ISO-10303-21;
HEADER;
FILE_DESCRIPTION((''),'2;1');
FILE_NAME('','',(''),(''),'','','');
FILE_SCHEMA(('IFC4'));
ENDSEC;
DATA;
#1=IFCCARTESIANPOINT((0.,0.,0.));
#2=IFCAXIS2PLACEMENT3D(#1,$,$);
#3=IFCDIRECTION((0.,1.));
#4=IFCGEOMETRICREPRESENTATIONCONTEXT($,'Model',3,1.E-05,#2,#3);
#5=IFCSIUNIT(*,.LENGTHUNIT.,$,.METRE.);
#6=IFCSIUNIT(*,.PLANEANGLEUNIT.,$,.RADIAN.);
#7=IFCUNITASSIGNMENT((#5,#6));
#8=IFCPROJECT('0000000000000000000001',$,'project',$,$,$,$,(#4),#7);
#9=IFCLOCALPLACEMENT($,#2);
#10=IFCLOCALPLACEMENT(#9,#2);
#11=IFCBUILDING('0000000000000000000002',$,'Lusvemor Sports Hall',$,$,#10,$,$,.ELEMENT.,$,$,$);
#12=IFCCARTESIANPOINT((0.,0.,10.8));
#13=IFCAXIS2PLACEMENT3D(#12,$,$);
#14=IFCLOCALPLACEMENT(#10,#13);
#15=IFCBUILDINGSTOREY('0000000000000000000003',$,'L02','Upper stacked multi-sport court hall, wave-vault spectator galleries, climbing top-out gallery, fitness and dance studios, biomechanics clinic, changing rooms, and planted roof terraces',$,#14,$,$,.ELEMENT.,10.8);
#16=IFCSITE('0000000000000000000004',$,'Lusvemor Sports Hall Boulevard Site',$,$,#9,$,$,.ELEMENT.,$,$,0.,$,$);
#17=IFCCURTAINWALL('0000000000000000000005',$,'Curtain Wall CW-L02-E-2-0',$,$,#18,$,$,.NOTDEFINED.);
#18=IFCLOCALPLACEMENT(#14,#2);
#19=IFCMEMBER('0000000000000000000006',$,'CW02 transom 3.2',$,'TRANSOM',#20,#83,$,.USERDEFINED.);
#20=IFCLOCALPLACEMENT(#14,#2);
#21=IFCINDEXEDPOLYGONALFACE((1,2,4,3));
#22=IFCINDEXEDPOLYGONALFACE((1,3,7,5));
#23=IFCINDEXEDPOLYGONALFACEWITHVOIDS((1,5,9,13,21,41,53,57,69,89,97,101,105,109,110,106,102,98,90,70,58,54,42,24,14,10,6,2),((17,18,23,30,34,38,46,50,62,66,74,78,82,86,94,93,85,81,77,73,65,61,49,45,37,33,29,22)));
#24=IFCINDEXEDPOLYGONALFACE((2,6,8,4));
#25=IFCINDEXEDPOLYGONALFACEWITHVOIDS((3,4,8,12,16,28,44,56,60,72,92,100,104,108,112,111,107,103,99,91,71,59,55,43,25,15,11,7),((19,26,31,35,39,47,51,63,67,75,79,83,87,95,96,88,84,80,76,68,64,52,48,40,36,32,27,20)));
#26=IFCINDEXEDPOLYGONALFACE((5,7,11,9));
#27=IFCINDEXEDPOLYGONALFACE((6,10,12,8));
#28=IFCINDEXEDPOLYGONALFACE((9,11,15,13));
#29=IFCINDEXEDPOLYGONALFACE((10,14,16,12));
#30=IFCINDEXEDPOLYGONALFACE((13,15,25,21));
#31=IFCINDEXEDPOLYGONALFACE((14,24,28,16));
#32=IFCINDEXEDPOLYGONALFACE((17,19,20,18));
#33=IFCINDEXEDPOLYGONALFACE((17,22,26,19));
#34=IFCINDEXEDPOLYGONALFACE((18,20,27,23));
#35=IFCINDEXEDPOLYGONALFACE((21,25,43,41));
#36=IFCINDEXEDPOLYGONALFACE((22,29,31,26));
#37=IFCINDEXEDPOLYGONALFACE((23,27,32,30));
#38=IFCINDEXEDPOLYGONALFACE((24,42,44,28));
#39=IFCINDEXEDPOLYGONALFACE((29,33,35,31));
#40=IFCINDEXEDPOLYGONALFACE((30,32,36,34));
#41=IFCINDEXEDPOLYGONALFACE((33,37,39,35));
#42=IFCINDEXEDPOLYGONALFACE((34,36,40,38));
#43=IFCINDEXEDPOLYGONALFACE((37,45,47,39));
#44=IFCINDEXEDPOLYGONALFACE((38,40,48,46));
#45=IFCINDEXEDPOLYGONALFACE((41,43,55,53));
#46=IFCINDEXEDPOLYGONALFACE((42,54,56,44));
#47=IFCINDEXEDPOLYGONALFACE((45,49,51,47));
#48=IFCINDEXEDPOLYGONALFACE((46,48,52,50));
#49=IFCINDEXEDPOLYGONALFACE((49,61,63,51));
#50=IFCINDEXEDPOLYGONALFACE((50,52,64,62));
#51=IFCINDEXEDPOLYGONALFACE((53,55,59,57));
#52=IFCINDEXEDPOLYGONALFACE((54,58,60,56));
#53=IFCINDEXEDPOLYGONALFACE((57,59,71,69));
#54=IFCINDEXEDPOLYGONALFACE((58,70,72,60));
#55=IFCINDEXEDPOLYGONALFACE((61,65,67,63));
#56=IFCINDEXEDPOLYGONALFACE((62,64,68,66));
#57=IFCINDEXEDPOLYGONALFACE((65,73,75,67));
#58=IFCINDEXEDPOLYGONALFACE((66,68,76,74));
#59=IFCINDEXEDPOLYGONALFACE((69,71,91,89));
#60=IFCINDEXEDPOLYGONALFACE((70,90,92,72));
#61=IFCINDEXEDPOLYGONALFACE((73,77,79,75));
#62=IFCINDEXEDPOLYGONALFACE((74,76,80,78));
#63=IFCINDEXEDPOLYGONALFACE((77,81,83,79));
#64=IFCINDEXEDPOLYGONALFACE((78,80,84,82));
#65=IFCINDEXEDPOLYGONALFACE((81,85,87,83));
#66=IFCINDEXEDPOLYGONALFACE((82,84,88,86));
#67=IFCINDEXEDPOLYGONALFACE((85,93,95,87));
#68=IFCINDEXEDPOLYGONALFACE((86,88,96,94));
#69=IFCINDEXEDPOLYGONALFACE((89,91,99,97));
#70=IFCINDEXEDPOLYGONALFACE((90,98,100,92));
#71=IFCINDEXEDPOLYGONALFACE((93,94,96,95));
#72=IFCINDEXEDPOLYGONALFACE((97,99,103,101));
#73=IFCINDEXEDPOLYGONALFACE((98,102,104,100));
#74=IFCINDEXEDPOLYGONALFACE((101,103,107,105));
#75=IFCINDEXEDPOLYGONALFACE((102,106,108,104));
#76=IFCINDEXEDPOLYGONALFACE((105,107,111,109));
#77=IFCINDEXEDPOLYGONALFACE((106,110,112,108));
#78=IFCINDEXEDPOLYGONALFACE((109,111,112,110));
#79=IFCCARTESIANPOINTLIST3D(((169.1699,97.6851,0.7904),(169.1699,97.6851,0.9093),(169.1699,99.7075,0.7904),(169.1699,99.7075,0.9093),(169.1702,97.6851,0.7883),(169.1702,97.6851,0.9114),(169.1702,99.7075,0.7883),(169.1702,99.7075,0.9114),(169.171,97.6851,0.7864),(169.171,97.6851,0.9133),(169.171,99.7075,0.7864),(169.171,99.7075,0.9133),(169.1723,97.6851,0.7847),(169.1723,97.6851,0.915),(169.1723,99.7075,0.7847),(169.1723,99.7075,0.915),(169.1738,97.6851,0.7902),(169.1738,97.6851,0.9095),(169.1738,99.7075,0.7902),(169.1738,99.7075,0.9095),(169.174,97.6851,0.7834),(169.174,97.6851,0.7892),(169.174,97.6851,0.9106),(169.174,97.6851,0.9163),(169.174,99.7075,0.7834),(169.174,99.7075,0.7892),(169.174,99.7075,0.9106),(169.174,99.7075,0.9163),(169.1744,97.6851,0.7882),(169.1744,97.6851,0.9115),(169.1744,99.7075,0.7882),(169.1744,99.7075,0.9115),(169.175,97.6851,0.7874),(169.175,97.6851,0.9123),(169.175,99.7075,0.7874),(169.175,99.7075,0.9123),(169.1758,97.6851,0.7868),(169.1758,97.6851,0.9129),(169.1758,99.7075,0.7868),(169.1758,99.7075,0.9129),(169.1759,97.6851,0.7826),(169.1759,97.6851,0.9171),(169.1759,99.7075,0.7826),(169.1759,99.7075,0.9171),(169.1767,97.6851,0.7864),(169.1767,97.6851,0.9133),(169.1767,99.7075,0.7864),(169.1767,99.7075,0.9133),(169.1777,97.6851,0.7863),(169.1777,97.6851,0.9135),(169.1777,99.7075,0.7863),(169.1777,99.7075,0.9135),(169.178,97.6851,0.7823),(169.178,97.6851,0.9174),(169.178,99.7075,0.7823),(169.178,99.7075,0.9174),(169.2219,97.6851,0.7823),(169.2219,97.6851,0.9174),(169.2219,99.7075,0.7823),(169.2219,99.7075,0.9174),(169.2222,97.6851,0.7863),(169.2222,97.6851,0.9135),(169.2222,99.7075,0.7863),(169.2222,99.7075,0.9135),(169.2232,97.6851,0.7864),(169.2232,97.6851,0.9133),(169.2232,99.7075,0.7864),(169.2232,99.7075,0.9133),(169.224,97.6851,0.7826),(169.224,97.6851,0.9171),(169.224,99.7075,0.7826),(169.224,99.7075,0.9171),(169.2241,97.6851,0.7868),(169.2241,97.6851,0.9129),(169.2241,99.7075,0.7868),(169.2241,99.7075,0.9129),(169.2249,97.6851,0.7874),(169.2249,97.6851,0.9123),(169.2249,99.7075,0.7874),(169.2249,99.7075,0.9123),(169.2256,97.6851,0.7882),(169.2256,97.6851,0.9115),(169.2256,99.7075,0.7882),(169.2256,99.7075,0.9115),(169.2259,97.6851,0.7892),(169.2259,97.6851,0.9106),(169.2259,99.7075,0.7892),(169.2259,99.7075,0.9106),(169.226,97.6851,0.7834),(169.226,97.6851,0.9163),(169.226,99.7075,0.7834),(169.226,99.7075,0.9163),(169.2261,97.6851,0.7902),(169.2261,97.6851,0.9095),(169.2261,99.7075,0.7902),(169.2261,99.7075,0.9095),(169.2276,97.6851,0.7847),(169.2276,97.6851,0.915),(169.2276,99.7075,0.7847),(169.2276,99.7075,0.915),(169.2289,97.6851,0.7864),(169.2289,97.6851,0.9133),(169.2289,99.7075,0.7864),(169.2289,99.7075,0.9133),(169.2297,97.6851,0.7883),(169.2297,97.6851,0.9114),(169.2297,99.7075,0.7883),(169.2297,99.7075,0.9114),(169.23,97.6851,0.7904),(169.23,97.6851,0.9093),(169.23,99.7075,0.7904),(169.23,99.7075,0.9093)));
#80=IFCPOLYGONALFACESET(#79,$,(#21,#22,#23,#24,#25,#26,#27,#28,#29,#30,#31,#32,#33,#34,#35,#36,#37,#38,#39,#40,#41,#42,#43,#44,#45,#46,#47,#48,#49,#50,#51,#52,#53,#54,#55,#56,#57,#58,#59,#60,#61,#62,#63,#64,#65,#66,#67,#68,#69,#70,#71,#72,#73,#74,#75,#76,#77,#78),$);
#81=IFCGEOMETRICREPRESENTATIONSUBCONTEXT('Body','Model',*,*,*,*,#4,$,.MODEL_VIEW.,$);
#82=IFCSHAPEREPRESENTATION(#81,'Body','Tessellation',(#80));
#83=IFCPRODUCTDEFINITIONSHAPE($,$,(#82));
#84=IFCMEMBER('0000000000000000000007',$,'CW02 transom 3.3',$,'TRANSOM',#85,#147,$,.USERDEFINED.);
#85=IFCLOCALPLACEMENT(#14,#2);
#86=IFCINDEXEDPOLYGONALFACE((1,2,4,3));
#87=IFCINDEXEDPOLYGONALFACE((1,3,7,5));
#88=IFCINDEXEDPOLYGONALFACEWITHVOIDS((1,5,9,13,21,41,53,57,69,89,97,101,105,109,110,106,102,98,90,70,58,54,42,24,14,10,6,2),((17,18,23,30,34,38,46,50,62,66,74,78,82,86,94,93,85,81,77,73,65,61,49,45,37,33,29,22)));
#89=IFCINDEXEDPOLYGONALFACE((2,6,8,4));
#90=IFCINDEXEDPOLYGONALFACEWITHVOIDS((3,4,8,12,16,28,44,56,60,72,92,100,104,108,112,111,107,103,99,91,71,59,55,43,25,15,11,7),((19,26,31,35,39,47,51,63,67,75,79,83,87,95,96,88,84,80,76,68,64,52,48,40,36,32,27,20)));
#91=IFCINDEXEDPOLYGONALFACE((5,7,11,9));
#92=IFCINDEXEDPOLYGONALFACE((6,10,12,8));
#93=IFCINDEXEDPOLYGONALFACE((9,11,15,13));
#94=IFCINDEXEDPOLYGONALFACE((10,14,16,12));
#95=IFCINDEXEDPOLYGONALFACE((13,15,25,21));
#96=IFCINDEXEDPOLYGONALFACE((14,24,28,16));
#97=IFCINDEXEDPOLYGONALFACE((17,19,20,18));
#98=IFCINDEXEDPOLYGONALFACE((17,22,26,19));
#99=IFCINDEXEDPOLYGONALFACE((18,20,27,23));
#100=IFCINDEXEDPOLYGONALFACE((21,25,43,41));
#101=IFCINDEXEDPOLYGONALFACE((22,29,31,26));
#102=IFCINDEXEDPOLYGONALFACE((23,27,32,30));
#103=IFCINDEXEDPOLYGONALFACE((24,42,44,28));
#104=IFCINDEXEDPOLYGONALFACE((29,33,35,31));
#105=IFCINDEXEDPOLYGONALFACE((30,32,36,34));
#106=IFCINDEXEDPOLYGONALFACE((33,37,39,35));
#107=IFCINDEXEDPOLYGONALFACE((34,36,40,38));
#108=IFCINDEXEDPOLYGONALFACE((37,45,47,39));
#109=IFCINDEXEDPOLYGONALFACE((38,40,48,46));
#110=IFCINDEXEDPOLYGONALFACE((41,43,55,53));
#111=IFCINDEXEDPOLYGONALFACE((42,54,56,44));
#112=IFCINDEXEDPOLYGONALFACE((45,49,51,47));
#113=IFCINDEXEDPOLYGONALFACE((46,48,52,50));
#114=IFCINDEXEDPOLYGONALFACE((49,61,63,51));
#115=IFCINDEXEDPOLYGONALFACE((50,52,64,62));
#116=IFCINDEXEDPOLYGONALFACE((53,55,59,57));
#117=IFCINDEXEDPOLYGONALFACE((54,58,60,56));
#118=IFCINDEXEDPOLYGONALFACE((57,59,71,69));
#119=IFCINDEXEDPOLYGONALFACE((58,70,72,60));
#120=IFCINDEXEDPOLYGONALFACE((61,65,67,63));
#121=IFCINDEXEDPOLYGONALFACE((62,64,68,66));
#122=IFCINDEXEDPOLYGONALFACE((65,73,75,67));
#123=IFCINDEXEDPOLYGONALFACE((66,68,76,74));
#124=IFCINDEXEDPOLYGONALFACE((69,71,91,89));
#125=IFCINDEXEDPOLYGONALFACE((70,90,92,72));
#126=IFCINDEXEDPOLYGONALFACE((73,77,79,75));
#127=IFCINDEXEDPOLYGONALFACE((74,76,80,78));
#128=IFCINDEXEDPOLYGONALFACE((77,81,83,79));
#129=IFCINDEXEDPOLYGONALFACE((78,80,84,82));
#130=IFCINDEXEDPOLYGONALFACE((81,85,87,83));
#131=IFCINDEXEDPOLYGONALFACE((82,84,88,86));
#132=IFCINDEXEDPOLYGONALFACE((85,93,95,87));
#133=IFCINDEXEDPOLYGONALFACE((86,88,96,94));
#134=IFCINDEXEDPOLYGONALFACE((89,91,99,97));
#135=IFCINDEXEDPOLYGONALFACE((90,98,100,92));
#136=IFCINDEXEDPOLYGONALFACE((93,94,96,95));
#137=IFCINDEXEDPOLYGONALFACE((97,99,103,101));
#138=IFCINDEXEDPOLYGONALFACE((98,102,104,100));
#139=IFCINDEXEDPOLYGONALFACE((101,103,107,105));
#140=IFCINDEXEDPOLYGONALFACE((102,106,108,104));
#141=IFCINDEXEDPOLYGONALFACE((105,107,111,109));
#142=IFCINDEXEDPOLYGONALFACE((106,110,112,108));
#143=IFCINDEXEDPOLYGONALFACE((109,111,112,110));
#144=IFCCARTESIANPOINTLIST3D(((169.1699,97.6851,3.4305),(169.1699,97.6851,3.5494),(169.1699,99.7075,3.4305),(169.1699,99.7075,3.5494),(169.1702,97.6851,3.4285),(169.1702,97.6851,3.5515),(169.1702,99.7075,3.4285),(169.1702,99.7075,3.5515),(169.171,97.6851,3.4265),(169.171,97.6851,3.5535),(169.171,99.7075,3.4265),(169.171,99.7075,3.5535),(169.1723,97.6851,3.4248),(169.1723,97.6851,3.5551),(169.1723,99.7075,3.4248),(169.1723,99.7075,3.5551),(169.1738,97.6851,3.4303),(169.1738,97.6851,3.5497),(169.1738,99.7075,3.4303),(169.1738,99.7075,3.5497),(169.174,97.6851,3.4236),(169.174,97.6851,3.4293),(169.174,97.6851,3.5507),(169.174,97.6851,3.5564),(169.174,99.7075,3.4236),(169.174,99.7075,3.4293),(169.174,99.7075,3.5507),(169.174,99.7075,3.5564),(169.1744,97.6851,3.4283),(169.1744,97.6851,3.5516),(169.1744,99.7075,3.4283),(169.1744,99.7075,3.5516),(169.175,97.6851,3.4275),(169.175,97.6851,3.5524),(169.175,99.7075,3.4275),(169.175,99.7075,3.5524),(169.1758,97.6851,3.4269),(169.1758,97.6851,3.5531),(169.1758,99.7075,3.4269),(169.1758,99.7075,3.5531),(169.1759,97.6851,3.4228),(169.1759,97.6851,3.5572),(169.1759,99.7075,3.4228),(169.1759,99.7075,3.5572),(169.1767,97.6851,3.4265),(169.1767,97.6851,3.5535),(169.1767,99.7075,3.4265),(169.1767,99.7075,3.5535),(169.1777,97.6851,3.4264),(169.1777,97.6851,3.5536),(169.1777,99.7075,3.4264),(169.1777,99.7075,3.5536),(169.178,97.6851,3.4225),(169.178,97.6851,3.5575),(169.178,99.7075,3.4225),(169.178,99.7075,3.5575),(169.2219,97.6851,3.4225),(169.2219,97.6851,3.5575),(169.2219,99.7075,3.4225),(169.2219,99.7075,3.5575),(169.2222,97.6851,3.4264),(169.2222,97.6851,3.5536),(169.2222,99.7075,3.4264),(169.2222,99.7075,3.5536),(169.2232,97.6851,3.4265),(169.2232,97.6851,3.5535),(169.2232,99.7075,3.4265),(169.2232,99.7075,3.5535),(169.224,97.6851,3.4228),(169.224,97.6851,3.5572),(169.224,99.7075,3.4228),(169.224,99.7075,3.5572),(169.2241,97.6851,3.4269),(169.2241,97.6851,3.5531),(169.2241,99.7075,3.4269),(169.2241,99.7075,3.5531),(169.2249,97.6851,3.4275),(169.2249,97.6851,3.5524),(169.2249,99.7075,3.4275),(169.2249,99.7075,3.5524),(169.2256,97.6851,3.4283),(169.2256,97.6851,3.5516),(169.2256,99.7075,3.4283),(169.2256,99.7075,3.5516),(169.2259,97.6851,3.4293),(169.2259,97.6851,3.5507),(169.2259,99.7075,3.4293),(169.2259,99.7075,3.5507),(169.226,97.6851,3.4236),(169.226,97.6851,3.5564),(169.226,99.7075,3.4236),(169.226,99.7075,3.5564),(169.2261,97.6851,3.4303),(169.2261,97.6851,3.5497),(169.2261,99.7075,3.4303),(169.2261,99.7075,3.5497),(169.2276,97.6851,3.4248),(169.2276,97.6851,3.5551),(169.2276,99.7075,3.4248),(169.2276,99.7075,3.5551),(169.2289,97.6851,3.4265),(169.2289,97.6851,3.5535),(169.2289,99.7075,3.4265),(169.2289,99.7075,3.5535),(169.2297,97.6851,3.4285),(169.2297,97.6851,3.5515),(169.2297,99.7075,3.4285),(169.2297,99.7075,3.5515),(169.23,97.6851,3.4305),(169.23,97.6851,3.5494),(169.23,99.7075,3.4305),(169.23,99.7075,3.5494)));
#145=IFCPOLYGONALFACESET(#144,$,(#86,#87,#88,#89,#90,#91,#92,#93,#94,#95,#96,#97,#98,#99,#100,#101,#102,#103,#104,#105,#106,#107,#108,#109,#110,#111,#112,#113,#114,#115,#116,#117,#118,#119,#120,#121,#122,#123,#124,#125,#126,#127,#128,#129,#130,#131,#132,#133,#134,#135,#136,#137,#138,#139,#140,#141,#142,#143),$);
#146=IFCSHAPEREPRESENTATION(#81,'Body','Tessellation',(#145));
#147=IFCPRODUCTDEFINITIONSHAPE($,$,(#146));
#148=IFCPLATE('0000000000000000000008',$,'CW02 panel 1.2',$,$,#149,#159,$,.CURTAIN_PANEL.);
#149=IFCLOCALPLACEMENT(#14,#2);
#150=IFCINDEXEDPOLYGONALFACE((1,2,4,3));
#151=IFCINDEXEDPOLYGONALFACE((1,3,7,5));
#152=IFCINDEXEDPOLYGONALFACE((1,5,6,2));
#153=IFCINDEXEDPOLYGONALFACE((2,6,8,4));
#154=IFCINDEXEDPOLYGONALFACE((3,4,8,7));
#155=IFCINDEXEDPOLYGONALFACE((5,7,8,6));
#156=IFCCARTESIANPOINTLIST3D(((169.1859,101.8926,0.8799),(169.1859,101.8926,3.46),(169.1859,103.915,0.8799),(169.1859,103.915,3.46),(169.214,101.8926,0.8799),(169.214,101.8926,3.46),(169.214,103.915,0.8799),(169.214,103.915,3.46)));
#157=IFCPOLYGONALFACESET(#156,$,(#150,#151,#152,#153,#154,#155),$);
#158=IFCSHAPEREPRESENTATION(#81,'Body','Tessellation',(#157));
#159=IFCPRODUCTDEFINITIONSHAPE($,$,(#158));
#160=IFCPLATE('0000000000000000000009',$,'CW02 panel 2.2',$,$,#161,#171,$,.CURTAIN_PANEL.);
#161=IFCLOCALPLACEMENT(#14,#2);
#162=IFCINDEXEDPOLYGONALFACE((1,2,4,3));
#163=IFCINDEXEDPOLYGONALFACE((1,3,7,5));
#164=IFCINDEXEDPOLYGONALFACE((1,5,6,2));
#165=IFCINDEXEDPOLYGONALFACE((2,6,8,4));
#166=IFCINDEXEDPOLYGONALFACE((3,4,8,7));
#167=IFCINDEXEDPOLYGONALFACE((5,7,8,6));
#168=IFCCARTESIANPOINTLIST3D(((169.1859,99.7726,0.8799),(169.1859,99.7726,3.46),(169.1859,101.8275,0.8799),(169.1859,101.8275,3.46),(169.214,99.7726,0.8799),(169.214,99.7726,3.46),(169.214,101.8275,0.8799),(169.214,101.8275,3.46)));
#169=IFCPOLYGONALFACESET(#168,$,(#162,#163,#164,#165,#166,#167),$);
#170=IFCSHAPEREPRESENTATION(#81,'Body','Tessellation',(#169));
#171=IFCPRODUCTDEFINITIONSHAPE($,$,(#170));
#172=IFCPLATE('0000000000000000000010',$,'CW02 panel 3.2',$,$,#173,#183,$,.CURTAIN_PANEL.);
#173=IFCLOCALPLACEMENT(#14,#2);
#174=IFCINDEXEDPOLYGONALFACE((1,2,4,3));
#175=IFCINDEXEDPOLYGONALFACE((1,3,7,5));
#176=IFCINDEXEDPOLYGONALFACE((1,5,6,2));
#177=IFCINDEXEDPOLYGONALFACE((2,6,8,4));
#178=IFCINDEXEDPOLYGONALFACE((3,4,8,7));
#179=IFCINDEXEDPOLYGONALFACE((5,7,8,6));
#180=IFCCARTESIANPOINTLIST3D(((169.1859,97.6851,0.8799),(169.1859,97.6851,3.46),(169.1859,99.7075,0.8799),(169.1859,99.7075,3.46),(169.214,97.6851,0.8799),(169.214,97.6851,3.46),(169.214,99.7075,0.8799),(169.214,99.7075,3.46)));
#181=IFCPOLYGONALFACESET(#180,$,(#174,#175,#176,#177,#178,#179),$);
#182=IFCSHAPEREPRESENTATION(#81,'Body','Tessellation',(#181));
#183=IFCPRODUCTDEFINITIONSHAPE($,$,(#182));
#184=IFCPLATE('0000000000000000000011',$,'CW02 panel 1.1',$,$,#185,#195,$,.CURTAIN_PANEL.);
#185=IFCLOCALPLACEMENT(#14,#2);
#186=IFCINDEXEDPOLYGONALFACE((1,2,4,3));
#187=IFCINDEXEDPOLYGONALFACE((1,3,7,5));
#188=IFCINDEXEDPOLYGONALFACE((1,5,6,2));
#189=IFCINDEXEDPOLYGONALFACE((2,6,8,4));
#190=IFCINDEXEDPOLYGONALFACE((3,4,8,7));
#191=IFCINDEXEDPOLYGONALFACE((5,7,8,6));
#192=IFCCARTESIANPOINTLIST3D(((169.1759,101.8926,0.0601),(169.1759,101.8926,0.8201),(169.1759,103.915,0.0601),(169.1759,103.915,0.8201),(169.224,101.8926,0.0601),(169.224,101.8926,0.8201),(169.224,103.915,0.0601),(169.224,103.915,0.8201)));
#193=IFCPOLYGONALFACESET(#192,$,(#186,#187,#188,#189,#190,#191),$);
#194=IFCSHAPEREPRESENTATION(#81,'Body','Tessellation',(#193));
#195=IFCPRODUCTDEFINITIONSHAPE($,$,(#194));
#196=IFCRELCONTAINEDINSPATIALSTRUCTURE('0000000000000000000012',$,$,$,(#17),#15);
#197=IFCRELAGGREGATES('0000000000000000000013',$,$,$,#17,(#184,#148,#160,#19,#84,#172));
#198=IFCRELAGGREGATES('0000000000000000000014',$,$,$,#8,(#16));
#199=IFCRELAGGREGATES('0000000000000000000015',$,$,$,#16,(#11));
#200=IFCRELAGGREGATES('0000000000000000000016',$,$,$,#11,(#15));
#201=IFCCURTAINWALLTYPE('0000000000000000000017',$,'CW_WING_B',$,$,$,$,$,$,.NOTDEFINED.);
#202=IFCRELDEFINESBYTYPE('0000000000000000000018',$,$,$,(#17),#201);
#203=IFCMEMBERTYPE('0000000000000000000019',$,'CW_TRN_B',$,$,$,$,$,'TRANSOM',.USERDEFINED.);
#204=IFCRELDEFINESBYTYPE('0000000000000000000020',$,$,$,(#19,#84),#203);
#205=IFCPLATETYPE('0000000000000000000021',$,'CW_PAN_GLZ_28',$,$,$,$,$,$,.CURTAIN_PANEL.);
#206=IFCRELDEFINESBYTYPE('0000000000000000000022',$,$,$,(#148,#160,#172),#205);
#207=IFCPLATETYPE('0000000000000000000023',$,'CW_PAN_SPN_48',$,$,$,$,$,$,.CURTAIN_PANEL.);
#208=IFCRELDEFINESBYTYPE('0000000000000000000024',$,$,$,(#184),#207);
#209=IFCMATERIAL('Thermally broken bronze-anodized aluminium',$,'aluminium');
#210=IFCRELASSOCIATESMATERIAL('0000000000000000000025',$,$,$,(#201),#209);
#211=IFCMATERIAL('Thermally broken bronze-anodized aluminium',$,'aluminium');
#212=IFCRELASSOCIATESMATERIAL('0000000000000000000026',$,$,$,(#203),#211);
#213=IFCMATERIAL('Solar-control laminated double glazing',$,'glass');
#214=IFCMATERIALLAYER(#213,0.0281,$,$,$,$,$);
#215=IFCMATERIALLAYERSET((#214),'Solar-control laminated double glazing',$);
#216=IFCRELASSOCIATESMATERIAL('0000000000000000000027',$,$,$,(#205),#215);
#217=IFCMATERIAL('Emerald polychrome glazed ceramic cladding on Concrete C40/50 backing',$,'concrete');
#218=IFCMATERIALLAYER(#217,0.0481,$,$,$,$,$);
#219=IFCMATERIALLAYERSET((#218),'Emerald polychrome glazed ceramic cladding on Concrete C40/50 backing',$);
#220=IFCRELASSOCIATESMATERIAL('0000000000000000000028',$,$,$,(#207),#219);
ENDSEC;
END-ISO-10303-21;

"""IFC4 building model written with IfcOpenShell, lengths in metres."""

from ifc_helpers import new_model, si_unit, direction, frame, origin, origin_2d, place, context, subcontext, project, spatial, rectangle, hollow_rectangle, extrude, material, layer, layer_set, material_profile, profile_set, type_object, element, aggregate, save


model = new_model("IFC4")

# Units and contexts
model_context = context("Model", 3, precision=1e-05, world=origin(), true_north=direction((0.0, 1.0)))
body_context = subcontext(model_context, "Body", "Model", "MODEL_VIEW")
ifc_project = project(units=[si_unit("LENGTHUNIT", "METRE"), si_unit("PLANEANGLEUNIT", "RADIAN")], contexts=[model_context])

# Site, building, storey
site_placement = place(None, origin())
site = spatial("IfcSite", under=ifc_project, at=site_placement, Name="Lusvemor Sports Hall Boulevard Site", CompositionType="ELEMENT", RefElevation=0.0)
building_placement = place(site_placement, origin())
building = spatial("IfcBuilding", under=site, at=building_placement, Name="Lusvemor Sports Hall", CompositionType="ELEMENT")
storey_placement = place(building_placement, frame((0.0, 0.0, 10.8)))
storey = spatial("IfcBuildingStorey", under=building, at=storey_placement, Name="L02", Description="Upper stacked multi-sport court hall, wave-vault spectator galleries, climbing top-out gallery, fitness and dance studios, biomechanics clinic, changing rooms, and planted roof terraces", CompositionType="ELEMENT", Elevation=10.8)

# Curtain wall, members, plates
ifc_material_1 = material(Name="Thermally broken bronze-anodized aluminium", Category="aluminium")
curtain_wall_type = type_object("IfcCurtainWallType", Name="CW_WING_B", PredefinedType="NOTDEFINED", material=ifc_material_1)
curtain_wall_placement = place(storey_placement, origin())
curtain_wall = element("IfcCurtainWall", 1, at=curtain_wall_placement, inside=storey, type_object=curtain_wall_type, Name="Curtain Wall CW-L02-E-2-0", PredefinedType="NOTDEFINED")
ifc_material_2 = material(Name="Thermally broken bronze-anodized aluminium", Category="aluminium")
ifc_material_profile_1 = material_profile(ifc_material_2, hollow_rectangle(XDim=0.0601, YDim=0.135, WallThickness=0.0039, InnerFilletRadius=0.0039, OuterFilletRadius=0.0081, at=origin_2d()), Name="CWTRN135x60x4")
ifc_profile_set_1 = profile_set([ifc_material_profile_1], Name="Thermally broken bronze-anodized aluminium")
member_type_1 = type_object("IfcMemberType", Name="CW_TRN_B", ElementType="TRANSOM", PredefinedType="USERDEFINED", material=ifc_profile_set_1)
member_1_placement = place(storey_placement, frame((169.2, 99.7075, 0.8499), z_axis=(0.0, -1.0, 0.0), x_axis=(1.0, 0.0, 0.0)))
member_1 = element("IfcMember", 2, at=member_1_placement, type_object=member_type_1, Name="CW02 transom 3.2", ObjectType="TRANSOM", PredefinedType="USERDEFINED", context=body_context, shape_type="SweptSolid", body=[
    extrude(hollow_rectangle(XDim=0.0601, YDim=0.135, WallThickness=0.0039, InnerFilletRadius=0.0039, OuterFilletRadius=0.0081, at=origin_2d()), origin(), (0.0, 0.0, 1.0), 2.0225),
])
member_2_placement = place(storey_placement, frame((169.2, 99.7075, 3.49), z_axis=(0.0, -1.0, 0.0), x_axis=(1.0, 0.0, 0.0)))
member_2 = element("IfcMember", 3, at=member_2_placement, type_object=member_type_1, Name="CW02 transom 3.3", ObjectType="TRANSOM", PredefinedType="USERDEFINED", context=body_context, shape_type="SweptSolid", body=[
    extrude(hollow_rectangle(XDim=0.0601, YDim=0.135, WallThickness=0.0039, InnerFilletRadius=0.0039, OuterFilletRadius=0.0081, at=origin_2d()), origin(), (0.0, 0.0, 1.0), 2.0225),
])
ifc_material_3 = material(Name="Solar-control laminated double glazing", Category="glass")
ifc_layer_1 = layer(ifc_material_3, 0.0281)
ifc_layer_set_1 = layer_set([ifc_layer_1], Name="Solar-control laminated double glazing")
plate_type_1 = type_object("IfcPlateType", Name="CW_PAN_GLZ_28", PredefinedType="CURTAIN_PANEL", material=ifc_layer_set_1)
plate_1_placement = place(storey_placement, frame((169.2, 102.9038, 0.8799), z_axis=(0.0, 0.0, 1.0), x_axis=(0.0, -1.0, 0.0)))
plate_1 = element("IfcPlate", 4, at=plate_1_placement, type_object=plate_type_1, Name="CW02 panel 1.2", PredefinedType="CURTAIN_PANEL", context=body_context, shape_type="SweptSolid", body=[
    extrude(rectangle(XDim=2.0225, YDim=0.0281, at=origin_2d()), origin(), (0.0, 0.0, 1.0), 2.5801),
])
plate_2_placement = place(storey_placement, frame((169.2, 100.8, 0.8799), z_axis=(0.0, 0.0, 1.0), x_axis=(0.0, -1.0, 0.0)))
plate_2 = element("IfcPlate", 5, at=plate_2_placement, type_object=plate_type_1, Name="CW02 panel 2.2", PredefinedType="CURTAIN_PANEL", context=body_context, shape_type="SweptSolid", body=[
    extrude(rectangle(XDim=2.0549, YDim=0.0281, at=origin_2d()), origin(), (0.0, 0.0, 1.0), 2.5801),
])
plate_3_placement = place(storey_placement, frame((169.2, 98.6963, 0.8799), z_axis=(0.0, 0.0, 1.0), x_axis=(0.0, -1.0, 0.0)))
plate_3 = element("IfcPlate", 6, at=plate_3_placement, type_object=plate_type_1, Name="CW02 panel 3.2", PredefinedType="CURTAIN_PANEL", context=body_context, shape_type="SweptSolid", body=[
    extrude(rectangle(XDim=2.0225, YDim=0.0281, at=origin_2d()), origin(), (0.0, 0.0, 1.0), 2.5801),
])
ifc_material_4 = material(Name="Emerald polychrome glazed ceramic cladding on Concrete C40/50 backing", Category="concrete")
ifc_layer_2 = layer(ifc_material_4, 0.0481)
ifc_layer_set_2 = layer_set([ifc_layer_2], Name="Emerald polychrome glazed ceramic cladding on Concrete C40/50 backing")
plate_type_2 = type_object("IfcPlateType", Name="CW_PAN_SPN_48", PredefinedType="CURTAIN_PANEL", material=ifc_layer_set_2)
plate_4_placement = place(storey_placement, frame((169.2, 102.9038, 0.0601), z_axis=(0.0, 0.0, 1.0), x_axis=(0.0, -1.0, 0.0)))
plate_4 = element("IfcPlate", 7, at=plate_4_placement, type_object=plate_type_2, Name="CW02 panel 1.1", PredefinedType="CURTAIN_PANEL", context=body_context, shape_type="SweptSolid", body=[
    extrude(rectangle(XDim=2.0225, YDim=0.0481, at=origin_2d()), origin(), (0.0, 0.0, 1.0), 0.76),
])
aggregate(curtain_wall, [plate_4, plate_1, plate_2, member_1, member_2, plate_3])

save(model, "model.ifc")
